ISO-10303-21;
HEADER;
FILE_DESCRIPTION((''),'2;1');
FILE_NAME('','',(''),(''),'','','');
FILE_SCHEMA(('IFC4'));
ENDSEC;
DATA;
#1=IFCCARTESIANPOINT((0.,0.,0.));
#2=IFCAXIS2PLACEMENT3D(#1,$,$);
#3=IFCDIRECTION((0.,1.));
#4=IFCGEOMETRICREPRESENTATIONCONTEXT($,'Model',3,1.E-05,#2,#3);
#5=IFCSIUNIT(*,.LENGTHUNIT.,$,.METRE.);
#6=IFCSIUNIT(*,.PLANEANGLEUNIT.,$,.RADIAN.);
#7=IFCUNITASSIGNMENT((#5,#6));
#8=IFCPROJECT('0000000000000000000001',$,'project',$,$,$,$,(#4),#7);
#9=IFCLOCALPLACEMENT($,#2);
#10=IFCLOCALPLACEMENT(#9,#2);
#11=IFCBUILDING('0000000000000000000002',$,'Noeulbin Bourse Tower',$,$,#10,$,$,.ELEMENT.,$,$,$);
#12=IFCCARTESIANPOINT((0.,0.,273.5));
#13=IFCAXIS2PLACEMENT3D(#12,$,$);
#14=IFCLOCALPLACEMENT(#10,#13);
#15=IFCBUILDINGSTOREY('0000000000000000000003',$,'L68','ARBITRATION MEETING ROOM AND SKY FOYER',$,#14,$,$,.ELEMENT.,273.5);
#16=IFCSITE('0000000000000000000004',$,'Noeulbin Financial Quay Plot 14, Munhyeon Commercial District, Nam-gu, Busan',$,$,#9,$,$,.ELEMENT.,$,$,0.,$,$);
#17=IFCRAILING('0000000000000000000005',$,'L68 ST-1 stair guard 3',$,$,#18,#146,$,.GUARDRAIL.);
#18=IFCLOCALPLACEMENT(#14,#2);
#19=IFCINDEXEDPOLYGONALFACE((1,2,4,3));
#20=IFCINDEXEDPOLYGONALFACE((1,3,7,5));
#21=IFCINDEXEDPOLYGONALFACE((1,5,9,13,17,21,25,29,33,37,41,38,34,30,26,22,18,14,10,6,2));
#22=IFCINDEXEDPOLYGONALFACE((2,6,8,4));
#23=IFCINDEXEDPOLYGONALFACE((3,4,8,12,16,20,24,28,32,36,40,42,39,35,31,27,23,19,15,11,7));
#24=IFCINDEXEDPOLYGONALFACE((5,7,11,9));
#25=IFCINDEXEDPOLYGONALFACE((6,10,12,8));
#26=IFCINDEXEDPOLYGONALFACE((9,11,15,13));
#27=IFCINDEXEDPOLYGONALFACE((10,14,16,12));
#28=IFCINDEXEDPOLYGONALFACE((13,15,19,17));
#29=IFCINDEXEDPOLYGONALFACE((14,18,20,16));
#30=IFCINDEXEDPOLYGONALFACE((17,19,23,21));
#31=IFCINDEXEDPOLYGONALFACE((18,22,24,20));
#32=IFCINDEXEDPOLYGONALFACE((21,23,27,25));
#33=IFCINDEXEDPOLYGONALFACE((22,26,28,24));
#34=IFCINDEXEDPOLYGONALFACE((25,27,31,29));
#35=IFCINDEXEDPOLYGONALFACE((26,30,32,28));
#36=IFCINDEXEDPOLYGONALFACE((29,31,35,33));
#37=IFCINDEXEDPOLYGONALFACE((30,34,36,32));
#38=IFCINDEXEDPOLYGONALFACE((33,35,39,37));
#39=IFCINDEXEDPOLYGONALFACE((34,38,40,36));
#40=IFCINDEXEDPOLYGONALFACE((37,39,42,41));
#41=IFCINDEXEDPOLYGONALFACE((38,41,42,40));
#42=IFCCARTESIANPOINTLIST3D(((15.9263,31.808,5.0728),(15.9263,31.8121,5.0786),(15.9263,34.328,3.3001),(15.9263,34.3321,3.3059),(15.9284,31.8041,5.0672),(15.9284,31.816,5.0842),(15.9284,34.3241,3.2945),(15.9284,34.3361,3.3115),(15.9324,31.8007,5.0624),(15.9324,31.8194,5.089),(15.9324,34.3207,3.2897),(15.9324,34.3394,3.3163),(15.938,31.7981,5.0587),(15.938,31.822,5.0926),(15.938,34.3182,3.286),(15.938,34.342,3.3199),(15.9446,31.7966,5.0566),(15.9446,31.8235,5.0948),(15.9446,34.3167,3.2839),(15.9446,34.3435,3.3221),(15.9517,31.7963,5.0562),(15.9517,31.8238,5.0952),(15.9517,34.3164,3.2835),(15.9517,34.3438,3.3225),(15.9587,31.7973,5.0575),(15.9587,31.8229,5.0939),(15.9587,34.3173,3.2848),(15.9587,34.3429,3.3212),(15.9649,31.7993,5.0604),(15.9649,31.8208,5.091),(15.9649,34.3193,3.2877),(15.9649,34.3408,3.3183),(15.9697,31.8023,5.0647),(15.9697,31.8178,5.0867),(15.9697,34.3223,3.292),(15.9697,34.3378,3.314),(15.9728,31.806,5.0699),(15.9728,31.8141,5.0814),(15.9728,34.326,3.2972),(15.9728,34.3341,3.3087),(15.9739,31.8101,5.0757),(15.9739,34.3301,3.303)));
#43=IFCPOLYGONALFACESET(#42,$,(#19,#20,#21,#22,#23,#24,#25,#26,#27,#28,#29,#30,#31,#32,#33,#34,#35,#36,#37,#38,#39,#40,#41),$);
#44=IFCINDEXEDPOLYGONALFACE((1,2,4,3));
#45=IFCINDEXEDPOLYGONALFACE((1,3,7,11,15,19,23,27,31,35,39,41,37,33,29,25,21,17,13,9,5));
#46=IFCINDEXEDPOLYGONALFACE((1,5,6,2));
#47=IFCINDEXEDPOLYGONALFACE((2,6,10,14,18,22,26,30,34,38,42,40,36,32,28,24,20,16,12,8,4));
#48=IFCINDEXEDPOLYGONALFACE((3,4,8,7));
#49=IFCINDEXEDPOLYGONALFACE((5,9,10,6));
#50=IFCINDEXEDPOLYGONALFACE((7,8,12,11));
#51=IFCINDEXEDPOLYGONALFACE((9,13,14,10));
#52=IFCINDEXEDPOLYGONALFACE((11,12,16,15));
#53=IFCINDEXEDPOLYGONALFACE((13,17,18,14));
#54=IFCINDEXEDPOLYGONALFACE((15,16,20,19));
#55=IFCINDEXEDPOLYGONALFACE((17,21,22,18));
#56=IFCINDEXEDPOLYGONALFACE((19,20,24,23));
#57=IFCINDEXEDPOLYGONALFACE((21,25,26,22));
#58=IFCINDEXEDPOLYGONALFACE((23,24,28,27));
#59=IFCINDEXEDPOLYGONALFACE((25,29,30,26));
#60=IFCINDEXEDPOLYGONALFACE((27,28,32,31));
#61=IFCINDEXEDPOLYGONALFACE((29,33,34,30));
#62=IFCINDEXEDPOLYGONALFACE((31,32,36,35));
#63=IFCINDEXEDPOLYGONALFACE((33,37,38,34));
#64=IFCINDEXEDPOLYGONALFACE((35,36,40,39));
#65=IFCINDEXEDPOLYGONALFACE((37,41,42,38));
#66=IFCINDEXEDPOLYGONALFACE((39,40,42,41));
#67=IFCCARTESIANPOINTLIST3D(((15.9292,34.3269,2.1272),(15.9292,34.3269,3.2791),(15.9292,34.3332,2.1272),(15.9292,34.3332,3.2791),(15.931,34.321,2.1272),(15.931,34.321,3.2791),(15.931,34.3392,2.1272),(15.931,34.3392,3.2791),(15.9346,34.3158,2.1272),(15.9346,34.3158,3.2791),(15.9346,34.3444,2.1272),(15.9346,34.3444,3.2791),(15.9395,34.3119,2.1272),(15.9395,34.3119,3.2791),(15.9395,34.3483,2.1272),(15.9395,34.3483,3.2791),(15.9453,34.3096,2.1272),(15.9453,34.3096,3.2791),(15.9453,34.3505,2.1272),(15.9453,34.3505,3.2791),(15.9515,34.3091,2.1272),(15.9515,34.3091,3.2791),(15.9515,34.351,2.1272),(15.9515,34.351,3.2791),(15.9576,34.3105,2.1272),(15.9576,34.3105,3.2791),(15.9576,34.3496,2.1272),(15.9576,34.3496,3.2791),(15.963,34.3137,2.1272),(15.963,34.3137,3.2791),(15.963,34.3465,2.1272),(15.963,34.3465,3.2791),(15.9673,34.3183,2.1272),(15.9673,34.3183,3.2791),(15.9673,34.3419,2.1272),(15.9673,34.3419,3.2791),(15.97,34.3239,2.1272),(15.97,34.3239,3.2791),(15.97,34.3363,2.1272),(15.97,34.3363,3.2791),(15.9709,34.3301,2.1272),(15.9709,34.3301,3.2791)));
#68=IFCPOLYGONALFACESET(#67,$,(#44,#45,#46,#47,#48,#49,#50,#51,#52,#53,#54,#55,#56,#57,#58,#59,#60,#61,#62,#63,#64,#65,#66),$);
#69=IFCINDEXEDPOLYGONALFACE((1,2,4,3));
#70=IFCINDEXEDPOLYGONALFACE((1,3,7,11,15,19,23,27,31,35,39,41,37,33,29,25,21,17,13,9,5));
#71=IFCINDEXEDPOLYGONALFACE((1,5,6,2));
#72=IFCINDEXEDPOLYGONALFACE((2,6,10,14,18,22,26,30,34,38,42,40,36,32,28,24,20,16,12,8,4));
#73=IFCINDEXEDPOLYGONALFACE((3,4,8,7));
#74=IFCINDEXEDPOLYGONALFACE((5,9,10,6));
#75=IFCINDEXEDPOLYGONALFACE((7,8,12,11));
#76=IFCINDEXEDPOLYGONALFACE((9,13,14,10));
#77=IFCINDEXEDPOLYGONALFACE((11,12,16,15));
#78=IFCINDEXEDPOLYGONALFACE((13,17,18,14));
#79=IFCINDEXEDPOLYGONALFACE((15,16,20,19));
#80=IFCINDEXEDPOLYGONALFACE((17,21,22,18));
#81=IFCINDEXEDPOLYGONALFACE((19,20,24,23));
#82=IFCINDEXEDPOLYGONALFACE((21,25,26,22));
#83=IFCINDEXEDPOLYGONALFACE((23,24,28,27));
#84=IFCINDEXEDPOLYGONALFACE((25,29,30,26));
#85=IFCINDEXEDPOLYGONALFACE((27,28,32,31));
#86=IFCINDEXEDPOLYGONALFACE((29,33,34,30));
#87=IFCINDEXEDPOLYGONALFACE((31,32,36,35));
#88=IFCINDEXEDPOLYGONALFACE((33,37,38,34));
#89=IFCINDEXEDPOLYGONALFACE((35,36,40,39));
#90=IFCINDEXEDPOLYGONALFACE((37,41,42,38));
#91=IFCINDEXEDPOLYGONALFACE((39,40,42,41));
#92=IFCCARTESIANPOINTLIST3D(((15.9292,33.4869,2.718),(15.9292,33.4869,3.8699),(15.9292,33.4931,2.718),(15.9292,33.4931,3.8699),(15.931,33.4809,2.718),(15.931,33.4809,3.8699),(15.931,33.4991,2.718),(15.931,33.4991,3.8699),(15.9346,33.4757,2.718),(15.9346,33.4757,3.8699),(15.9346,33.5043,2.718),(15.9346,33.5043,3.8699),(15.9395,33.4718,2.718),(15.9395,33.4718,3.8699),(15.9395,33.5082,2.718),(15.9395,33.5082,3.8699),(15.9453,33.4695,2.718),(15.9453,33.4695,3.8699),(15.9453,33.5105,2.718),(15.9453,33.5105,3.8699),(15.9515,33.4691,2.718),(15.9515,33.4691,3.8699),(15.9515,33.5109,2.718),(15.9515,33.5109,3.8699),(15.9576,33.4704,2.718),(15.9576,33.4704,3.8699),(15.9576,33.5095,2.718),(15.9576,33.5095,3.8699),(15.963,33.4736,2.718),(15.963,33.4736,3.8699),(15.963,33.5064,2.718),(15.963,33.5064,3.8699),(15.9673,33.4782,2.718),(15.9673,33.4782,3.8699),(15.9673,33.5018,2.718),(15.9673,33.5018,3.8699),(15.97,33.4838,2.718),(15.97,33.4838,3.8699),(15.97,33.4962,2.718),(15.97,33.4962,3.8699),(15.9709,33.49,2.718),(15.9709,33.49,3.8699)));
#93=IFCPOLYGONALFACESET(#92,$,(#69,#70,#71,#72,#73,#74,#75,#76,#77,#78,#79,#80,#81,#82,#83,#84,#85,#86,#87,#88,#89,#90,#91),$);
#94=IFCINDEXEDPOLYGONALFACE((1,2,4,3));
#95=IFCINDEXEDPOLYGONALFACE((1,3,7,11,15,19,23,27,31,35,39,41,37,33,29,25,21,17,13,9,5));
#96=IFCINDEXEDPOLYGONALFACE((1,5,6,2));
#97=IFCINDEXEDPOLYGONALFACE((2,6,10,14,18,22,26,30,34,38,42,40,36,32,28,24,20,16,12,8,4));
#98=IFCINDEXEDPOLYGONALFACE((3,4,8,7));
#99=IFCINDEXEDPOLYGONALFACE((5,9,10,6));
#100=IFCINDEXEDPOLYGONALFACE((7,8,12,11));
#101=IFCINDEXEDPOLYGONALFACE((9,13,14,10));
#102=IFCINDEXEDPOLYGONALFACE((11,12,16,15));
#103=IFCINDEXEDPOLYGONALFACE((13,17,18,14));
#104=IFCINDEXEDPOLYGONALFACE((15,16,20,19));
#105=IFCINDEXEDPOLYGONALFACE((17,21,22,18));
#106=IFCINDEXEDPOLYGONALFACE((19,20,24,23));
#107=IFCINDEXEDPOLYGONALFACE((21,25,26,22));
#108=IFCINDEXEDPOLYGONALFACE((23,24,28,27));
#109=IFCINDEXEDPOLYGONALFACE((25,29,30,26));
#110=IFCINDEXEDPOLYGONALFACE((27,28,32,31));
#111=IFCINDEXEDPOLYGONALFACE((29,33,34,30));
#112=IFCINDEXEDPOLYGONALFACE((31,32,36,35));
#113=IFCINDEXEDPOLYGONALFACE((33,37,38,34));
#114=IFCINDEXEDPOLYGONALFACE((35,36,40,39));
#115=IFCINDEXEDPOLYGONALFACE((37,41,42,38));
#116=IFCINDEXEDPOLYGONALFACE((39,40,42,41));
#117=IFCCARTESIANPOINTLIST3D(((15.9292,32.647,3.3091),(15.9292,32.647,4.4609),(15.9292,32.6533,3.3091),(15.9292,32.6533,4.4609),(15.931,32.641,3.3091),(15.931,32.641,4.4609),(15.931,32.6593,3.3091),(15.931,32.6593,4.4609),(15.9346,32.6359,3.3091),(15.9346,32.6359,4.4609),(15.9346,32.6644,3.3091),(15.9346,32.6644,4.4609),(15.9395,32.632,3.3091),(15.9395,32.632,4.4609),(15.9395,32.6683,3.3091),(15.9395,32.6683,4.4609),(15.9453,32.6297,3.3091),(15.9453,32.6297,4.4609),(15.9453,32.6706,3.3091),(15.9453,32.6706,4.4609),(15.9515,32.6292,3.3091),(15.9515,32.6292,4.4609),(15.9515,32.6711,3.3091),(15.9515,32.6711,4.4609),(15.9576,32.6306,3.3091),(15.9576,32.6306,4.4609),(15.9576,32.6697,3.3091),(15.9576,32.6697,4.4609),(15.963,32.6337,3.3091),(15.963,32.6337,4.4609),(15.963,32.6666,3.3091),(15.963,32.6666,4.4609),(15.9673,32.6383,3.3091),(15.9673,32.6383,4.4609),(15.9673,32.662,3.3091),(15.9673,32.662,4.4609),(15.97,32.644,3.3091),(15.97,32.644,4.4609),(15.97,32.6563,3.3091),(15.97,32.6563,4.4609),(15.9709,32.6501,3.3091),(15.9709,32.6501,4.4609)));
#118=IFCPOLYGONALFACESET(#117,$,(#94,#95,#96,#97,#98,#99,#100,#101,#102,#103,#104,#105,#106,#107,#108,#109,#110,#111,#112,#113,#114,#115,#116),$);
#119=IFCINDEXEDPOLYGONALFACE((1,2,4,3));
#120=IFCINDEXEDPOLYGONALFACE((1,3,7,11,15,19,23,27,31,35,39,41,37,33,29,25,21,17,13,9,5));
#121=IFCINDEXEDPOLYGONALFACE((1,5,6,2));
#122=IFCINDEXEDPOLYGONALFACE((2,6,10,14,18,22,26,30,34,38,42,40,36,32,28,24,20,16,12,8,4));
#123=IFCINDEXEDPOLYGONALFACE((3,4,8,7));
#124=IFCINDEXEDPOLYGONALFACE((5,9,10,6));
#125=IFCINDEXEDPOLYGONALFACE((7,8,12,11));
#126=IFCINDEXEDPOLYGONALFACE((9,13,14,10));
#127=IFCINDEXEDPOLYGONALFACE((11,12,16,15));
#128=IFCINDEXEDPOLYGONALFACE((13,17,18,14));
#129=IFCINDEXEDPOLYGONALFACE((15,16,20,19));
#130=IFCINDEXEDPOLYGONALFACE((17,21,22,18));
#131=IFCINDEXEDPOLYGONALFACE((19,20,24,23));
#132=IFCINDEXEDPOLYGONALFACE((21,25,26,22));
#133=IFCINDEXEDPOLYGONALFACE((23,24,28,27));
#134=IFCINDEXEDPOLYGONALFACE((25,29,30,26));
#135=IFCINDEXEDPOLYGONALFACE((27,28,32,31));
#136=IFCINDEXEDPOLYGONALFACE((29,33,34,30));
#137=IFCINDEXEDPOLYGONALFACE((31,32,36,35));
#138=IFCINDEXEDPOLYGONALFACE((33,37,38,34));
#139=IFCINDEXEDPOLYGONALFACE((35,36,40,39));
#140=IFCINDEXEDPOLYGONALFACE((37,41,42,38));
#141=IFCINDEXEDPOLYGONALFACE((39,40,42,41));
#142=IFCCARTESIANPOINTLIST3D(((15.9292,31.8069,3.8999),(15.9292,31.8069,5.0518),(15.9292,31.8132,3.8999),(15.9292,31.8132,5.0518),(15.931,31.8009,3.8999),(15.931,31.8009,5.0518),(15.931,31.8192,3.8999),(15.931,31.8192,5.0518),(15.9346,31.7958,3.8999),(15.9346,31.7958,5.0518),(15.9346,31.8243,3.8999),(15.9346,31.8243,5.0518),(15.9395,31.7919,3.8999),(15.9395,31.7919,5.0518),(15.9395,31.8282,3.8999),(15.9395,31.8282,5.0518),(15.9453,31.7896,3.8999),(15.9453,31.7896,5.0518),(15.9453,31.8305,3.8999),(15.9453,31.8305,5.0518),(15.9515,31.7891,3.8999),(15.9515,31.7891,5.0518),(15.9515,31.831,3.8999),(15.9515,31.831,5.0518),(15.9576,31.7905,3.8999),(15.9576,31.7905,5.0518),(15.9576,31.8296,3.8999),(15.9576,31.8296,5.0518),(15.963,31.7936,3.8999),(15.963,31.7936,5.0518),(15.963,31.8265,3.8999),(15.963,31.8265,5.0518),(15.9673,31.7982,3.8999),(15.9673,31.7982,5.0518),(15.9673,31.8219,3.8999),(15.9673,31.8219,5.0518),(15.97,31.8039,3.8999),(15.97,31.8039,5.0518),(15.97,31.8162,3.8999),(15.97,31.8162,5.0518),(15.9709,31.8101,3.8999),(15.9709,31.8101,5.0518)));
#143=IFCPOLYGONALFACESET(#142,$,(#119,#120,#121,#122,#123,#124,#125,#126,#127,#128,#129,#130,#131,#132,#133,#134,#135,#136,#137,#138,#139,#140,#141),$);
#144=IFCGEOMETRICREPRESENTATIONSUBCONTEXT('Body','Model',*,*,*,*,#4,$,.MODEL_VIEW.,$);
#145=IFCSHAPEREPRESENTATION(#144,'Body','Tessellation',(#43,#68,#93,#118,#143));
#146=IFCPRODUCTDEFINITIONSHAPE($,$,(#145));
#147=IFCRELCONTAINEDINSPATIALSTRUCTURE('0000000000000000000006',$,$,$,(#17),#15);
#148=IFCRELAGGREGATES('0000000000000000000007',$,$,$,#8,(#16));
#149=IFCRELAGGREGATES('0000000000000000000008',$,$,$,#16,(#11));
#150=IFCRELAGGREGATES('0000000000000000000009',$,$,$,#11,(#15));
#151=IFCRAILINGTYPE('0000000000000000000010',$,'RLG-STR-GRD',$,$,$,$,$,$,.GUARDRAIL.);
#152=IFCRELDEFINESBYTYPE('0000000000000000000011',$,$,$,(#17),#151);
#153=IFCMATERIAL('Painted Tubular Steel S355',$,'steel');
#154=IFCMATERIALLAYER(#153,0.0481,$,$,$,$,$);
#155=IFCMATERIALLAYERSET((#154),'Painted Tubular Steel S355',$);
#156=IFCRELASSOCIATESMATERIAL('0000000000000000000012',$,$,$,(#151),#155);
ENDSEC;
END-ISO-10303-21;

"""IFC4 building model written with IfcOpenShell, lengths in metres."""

from ifc_helpers import new_model, si_unit, direction, frame, origin, origin_2d, place, context, subcontext, project, spatial, circle, extrude, material, layer, layer_set, type_object, element, save


model = new_model("IFC4")

# Units and contexts
model_context = context("Model", 3, precision=1e-05, world=origin(), true_north=direction((0.0, 1.0)))
body_context = subcontext(model_context, "Body", "Model", "MODEL_VIEW")
ifc_project = project(units=[si_unit("LENGTHUNIT", "METRE"), si_unit("PLANEANGLEUNIT", "RADIAN")], contexts=[model_context])

# Site, building, storey
site_placement = place(None, origin())
site = spatial("IfcSite", under=ifc_project, at=site_placement, Name="Noeulbin Financial Quay Plot 14, Munhyeon Commercial District, Nam-gu, Busan", CompositionType="ELEMENT", RefElevation=0.0)
building_placement = place(site_placement, origin())
building = spatial("IfcBuilding", under=site, at=building_placement, Name="Noeulbin Bourse Tower", CompositionType="ELEMENT")
storey_placement = place(building_placement, frame((0.0, 0.0, 273.5)))
storey = spatial("IfcBuildingStorey", under=building, at=storey_placement, Name="L68", Description="ARBITRATION MEETING ROOM AND SKY FOYER", CompositionType="ELEMENT", Elevation=273.5)

# Railing
ifc_material_1 = material(Name="Painted Tubular Steel S355", Category="steel")
ifc_layer_1 = layer(ifc_material_1, 0.0481)
ifc_layer_set_1 = layer_set([ifc_layer_1], Name="Painted Tubular Steel S355")
railing_type_1 = type_object("IfcRailingType", Name="RLG-STR-GRD", PredefinedType="GUARDRAIL", material=ifc_layer_set_1)
railing_1_placement = place(storey_placement, frame((15.95, 34.3301, 2.1272)))
element("IfcRailing", 1, at=railing_1_placement, inside=storey, type_object=railing_type_1, Name="L68 ST-1 stair guard 3", PredefinedType="GUARDRAIL", context=body_context, shape_type="SweptSolid", body=[
    extrude(circle(Radius=0.0239, at=origin_2d()), frame((0.0, 0.0, 1.1758), z_axis=(0.0, -0.817904, 0.575354), x_axis=(1.0, 0.0, 0.0)), (0.0, 0.0, 1.0), 3.0811),
    extrude(circle(Radius=0.021, at=origin_2d()), origin(), (0.0, 0.0, 1.0), 1.1519),
    extrude(circle(Radius=0.021, at=origin_2d()), frame((0.0, -0.8401, 0.5908)), (0.0, 0.0, 1.0), 1.1519),
    extrude(circle(Radius=0.021, at=origin_2d()), frame((0.0, -1.6799, 1.1819)), (0.0, 0.0, 1.0), 1.1519),
    extrude(circle(Radius=0.021, at=origin_2d()), frame((0.0, -2.52, 1.7727)), (0.0, 0.0, 1.0), 1.1519),
])

save(model, "model.ifc")
